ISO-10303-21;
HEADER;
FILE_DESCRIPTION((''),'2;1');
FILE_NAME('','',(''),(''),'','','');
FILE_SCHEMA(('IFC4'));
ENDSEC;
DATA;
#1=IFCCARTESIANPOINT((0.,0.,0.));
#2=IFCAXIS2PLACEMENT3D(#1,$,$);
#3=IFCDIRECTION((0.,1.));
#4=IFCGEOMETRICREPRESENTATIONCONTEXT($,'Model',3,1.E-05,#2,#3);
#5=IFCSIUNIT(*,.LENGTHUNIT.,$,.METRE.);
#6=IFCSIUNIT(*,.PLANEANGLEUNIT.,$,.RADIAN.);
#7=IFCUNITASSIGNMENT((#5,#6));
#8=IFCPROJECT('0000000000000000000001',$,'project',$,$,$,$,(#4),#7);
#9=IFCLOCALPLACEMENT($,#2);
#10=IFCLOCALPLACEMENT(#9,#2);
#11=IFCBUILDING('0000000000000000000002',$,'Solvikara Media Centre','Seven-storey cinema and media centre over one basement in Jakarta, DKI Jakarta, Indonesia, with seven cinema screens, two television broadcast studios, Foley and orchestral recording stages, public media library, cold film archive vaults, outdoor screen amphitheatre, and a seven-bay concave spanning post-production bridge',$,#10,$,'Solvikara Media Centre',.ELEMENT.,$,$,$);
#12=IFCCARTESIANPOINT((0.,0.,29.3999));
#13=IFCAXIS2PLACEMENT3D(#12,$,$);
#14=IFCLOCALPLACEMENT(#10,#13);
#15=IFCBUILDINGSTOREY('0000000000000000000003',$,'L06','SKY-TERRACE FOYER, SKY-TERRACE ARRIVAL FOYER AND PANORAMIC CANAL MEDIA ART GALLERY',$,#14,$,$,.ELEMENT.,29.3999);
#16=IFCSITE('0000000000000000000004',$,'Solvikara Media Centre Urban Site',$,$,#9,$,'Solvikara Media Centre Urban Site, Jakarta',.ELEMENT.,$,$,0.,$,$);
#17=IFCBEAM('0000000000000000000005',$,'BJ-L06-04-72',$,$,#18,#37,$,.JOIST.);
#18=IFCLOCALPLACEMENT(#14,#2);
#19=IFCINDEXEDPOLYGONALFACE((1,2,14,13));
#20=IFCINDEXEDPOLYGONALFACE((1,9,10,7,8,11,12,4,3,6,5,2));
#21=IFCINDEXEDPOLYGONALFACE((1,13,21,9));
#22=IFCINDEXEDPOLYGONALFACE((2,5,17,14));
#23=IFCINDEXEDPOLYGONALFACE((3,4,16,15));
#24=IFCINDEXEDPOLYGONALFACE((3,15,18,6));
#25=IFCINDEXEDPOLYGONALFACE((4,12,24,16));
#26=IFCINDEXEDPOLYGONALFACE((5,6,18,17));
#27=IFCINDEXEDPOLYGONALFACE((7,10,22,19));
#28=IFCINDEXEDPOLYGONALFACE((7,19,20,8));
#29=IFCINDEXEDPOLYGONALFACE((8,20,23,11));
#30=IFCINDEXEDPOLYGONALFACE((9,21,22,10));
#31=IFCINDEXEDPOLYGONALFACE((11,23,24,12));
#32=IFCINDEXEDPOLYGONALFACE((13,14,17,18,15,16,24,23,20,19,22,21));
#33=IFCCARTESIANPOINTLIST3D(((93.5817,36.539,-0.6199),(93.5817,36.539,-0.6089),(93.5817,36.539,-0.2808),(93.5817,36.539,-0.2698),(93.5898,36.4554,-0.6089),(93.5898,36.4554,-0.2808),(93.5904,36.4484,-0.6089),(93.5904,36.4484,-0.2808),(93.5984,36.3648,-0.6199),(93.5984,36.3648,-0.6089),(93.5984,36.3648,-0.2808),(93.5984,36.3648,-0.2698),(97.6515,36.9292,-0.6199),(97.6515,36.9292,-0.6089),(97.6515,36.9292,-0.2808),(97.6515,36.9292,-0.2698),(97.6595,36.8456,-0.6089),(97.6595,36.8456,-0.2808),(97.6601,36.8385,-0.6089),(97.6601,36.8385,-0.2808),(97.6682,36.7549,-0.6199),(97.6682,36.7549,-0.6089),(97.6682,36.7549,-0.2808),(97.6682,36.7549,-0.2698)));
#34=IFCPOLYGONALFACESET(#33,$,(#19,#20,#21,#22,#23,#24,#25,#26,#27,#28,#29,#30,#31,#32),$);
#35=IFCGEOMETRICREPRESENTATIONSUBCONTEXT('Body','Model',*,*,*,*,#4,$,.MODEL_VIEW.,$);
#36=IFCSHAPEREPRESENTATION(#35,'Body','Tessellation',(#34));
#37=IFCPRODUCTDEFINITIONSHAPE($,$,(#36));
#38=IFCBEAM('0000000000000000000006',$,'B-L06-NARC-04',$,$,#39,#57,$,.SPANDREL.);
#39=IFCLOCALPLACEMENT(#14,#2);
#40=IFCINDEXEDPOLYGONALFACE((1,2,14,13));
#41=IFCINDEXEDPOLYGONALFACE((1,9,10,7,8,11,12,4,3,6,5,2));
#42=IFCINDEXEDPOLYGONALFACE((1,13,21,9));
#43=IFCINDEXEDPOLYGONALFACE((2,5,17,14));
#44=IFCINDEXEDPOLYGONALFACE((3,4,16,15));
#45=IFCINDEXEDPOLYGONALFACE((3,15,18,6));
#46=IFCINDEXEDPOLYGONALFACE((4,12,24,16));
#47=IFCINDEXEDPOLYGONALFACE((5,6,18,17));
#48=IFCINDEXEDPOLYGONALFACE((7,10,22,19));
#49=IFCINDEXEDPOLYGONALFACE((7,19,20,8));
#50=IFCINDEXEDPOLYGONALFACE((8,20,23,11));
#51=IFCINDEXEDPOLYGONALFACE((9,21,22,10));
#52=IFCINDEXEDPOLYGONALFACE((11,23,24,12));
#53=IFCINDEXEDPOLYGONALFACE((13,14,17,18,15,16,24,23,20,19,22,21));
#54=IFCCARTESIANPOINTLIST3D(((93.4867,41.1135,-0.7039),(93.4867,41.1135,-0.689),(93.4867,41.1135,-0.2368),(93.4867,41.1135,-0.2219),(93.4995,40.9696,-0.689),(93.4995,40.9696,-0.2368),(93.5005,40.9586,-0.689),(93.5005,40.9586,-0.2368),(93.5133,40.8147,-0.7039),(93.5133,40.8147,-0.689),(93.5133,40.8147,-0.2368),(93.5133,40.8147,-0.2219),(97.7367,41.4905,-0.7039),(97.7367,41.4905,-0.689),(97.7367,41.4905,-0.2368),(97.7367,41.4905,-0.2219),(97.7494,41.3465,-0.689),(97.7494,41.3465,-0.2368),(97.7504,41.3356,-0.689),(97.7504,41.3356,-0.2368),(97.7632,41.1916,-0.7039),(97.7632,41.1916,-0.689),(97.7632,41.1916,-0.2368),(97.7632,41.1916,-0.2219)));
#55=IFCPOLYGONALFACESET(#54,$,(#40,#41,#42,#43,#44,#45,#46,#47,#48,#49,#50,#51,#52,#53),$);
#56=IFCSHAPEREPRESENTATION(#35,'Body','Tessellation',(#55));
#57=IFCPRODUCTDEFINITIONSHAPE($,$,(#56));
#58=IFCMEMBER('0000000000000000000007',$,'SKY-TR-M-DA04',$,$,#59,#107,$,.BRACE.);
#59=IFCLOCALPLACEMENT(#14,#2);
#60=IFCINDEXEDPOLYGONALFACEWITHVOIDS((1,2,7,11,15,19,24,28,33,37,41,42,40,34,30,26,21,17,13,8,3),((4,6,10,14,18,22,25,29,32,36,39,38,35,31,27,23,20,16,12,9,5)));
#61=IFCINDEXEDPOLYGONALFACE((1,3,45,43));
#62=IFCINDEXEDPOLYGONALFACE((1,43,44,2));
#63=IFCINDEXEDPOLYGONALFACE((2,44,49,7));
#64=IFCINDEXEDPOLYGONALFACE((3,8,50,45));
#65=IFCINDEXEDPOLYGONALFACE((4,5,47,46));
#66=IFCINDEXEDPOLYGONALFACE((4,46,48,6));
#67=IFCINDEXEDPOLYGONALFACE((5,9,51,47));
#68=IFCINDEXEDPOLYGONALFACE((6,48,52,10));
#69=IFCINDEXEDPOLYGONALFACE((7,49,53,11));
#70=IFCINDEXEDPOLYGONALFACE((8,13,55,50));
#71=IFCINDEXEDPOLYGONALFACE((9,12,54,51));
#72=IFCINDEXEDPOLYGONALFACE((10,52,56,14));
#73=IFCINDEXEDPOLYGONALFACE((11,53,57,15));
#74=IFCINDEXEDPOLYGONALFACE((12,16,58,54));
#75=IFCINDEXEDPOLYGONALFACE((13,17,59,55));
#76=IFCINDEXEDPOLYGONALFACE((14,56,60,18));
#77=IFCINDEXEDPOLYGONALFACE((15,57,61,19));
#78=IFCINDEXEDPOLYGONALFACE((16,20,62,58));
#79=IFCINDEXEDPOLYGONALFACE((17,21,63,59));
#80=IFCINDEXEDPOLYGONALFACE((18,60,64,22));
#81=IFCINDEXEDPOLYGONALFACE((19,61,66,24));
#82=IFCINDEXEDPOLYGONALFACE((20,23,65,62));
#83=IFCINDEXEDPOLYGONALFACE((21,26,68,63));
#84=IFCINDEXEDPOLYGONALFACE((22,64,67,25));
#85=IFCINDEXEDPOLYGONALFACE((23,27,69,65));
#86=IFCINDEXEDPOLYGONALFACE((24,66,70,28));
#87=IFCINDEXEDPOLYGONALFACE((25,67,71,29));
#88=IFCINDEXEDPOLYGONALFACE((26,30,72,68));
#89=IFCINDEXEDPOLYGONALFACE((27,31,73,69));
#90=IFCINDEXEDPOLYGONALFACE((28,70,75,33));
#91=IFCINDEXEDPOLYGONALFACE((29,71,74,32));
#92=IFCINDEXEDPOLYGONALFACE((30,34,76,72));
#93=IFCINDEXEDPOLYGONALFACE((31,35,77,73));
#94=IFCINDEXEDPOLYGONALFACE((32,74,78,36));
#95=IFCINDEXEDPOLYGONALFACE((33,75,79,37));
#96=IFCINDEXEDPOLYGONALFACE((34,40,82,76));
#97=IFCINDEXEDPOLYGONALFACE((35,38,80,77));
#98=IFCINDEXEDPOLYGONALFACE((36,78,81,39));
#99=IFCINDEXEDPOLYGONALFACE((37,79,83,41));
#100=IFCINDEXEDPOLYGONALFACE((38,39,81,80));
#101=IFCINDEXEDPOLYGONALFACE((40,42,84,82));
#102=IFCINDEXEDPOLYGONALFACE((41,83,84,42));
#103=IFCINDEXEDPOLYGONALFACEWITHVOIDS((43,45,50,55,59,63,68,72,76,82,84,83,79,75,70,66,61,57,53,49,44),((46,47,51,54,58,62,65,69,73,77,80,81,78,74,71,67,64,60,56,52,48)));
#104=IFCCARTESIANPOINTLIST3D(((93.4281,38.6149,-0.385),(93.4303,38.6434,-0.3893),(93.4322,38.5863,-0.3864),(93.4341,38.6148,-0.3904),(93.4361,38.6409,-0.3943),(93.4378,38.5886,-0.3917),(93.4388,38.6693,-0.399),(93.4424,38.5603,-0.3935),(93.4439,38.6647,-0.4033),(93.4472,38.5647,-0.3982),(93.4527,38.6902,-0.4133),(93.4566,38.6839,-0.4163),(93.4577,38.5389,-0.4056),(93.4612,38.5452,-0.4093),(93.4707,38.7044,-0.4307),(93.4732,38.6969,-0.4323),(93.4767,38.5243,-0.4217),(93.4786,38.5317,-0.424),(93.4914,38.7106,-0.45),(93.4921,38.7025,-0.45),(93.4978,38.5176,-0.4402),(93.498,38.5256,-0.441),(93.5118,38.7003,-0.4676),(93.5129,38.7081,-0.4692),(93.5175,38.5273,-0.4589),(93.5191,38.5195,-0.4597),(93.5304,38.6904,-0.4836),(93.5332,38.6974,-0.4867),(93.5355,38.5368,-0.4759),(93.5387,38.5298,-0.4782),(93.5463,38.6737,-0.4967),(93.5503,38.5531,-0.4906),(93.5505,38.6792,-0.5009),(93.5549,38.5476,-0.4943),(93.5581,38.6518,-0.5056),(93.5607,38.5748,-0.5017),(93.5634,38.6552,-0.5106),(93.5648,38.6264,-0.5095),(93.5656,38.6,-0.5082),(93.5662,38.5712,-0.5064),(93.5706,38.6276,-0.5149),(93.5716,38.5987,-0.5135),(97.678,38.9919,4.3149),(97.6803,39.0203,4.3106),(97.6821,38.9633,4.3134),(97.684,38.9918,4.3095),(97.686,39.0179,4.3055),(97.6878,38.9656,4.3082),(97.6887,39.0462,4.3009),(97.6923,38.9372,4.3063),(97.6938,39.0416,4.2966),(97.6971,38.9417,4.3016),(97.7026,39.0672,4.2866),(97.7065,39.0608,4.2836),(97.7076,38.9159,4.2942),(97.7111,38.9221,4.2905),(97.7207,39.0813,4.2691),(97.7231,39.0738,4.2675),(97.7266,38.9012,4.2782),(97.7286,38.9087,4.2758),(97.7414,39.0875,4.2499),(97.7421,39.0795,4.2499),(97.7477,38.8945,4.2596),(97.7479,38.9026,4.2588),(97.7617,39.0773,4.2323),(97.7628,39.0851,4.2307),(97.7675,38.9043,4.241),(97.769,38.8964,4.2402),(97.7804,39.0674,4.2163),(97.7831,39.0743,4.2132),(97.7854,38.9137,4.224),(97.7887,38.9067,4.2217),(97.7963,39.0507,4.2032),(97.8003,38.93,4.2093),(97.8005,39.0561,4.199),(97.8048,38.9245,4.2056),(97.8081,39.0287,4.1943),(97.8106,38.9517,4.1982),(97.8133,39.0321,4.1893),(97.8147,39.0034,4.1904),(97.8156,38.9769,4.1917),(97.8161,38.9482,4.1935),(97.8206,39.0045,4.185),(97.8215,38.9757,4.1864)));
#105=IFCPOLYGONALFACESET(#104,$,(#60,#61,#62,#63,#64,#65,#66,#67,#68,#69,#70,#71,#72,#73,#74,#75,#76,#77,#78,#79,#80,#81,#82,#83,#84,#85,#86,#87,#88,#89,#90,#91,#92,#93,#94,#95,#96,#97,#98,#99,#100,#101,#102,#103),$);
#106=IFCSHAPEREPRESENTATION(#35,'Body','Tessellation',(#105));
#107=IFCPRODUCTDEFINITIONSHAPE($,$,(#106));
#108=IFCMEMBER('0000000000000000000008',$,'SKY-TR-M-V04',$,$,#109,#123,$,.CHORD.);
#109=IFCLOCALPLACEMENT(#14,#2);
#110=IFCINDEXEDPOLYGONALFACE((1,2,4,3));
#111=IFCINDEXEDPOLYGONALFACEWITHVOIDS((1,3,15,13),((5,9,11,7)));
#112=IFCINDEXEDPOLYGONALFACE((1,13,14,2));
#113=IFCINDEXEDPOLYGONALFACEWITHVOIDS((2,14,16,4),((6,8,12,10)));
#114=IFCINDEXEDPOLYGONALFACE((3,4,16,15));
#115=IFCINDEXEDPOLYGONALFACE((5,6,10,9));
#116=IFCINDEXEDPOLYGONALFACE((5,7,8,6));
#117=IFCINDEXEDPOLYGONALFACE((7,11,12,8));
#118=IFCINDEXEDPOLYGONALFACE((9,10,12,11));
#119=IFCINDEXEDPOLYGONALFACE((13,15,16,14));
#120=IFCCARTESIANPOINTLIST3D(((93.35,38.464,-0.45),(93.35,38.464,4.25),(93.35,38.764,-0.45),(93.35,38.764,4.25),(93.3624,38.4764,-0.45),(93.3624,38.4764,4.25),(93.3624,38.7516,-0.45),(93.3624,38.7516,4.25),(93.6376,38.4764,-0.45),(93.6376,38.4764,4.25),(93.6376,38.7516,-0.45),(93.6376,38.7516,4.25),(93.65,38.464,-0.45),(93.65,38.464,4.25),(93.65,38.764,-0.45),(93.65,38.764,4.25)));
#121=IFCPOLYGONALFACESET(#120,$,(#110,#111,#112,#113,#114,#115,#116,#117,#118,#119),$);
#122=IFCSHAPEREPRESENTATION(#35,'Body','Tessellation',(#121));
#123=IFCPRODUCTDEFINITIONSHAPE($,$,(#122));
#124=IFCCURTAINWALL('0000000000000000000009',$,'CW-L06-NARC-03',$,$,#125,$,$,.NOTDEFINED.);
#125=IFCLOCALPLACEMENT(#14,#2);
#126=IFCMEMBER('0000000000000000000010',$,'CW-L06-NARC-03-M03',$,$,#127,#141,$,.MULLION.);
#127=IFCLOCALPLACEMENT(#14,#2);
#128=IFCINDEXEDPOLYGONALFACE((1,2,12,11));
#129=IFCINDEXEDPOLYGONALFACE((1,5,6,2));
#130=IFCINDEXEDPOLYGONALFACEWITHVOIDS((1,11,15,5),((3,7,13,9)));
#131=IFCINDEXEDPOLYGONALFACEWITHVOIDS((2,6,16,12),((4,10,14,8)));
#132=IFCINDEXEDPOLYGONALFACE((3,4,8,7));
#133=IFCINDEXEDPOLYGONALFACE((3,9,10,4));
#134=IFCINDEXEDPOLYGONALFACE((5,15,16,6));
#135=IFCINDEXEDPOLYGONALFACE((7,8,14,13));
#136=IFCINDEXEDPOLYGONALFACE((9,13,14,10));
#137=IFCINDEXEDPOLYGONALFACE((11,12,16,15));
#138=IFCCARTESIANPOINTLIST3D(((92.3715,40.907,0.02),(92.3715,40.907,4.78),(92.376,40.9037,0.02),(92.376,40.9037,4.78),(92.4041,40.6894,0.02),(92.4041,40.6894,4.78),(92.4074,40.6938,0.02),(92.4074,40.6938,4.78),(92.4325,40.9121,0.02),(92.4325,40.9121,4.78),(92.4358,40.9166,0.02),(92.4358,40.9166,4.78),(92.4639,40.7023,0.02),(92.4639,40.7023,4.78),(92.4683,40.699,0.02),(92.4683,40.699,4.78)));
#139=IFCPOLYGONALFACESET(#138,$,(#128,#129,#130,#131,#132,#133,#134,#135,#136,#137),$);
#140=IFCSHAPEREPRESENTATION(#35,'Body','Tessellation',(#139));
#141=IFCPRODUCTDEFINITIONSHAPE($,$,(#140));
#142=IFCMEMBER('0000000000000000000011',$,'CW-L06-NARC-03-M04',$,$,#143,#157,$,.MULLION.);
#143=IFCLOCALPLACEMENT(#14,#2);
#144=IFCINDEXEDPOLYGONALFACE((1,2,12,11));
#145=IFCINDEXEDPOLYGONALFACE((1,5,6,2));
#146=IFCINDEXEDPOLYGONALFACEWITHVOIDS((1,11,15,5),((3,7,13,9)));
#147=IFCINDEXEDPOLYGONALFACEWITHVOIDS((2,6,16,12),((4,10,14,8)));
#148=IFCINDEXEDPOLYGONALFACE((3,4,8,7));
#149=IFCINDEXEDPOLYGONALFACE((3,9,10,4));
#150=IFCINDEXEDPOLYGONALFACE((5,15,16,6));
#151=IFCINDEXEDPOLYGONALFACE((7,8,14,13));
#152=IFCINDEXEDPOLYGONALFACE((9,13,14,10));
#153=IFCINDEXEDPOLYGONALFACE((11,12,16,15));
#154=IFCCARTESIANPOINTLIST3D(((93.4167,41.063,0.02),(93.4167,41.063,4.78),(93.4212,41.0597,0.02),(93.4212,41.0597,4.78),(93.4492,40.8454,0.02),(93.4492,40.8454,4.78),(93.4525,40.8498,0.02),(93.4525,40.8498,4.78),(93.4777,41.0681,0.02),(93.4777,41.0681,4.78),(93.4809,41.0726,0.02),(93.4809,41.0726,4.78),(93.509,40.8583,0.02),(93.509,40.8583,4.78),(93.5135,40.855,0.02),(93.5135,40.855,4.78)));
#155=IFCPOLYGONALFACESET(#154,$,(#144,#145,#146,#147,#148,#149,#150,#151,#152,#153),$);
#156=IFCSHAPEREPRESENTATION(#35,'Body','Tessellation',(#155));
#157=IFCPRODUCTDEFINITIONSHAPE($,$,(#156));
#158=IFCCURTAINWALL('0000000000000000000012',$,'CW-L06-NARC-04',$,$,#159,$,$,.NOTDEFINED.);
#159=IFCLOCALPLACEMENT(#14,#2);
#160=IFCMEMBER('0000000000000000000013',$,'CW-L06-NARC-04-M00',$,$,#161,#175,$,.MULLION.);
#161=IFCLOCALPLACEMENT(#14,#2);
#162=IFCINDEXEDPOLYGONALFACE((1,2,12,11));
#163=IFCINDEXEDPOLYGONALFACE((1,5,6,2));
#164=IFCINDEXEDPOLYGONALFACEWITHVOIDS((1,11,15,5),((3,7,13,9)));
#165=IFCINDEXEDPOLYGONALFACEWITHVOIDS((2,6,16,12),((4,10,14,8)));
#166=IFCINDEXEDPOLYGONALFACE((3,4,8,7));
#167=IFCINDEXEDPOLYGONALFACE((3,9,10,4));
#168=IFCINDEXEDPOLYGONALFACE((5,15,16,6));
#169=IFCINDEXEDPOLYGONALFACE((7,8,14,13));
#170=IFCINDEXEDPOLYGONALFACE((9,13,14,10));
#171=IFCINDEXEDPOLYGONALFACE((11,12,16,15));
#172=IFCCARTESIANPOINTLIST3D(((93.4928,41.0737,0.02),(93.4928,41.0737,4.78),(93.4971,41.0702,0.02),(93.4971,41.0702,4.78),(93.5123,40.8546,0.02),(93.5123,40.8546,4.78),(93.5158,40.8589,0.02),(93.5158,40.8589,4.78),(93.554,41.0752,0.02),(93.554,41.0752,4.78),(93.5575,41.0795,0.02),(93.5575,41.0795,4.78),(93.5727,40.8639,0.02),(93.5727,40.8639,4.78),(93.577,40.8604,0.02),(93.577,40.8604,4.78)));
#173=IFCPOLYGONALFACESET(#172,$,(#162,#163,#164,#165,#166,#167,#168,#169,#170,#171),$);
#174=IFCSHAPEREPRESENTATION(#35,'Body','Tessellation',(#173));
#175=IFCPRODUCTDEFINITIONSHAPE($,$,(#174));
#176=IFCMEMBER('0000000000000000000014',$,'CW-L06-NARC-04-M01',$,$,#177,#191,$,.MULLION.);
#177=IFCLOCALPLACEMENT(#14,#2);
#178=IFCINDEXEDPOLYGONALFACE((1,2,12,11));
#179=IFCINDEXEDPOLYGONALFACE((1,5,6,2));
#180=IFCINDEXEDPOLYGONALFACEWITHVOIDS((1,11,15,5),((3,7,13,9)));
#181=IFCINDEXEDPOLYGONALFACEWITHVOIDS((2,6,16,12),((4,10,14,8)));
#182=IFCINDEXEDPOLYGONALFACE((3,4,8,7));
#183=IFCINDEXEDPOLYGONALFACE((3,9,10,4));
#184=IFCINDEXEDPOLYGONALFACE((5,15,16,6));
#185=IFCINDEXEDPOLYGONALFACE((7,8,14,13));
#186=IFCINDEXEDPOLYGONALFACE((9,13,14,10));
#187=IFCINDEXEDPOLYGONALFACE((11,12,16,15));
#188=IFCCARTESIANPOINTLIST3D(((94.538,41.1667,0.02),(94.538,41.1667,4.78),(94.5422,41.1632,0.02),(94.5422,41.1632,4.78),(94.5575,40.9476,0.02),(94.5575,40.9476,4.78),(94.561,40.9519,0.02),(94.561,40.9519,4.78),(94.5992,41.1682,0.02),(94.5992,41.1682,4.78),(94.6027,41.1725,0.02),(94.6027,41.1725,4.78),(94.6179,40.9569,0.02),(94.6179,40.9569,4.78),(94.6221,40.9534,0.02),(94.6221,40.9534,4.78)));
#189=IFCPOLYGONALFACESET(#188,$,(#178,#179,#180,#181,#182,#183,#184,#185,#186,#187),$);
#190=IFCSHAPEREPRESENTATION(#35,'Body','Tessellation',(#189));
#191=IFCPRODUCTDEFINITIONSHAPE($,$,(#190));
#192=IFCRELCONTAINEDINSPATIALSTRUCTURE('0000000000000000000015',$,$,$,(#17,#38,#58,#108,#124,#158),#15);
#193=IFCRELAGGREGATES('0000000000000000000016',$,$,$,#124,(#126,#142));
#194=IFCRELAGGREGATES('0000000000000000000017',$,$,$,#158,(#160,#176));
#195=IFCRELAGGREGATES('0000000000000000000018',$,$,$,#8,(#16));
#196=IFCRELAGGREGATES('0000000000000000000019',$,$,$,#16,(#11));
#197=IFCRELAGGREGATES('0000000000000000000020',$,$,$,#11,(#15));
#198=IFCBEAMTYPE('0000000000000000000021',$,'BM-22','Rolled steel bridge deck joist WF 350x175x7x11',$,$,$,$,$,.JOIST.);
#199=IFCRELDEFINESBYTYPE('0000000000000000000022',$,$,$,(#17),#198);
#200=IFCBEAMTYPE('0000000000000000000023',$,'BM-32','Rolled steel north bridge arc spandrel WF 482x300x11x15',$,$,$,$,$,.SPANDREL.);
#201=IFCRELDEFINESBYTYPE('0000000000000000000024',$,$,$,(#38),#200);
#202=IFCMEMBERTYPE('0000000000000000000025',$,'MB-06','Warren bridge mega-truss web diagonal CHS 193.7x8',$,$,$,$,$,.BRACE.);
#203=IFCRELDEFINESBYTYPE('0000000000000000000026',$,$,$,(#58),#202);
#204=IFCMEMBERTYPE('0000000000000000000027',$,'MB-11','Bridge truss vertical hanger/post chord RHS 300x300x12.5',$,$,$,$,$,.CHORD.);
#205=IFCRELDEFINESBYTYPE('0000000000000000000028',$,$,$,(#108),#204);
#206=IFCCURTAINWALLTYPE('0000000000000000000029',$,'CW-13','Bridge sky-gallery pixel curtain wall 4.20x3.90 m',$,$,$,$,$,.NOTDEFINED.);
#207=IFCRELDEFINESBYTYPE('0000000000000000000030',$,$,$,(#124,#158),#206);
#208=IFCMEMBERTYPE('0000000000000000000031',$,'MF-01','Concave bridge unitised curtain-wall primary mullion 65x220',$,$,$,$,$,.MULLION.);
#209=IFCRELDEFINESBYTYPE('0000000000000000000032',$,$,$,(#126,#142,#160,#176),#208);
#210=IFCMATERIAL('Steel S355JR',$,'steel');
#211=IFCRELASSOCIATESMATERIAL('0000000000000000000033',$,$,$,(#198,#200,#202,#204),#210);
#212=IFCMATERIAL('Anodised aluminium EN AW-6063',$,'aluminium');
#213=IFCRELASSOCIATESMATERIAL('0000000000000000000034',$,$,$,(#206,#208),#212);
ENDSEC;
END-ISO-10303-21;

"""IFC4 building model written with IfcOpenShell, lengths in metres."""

from ifc_helpers import new_model, si_unit, direction, frame, origin, origin_2d, place, context, subcontext, project, spatial, hollow_rectangle, hollow_circle, i_section, extrude, material, material_profile, profile_set, type_object, element, aggregate, save


model = new_model("IFC4")

# Units and contexts
model_context = context("Model", 3, precision=1e-05, world=origin(), true_north=direction((0.0, 1.0)))
body_context = subcontext(model_context, "Body", "Model", "MODEL_VIEW")
ifc_project = project(units=[si_unit("LENGTHUNIT", "METRE"), si_unit("PLANEANGLEUNIT", "RADIAN")], contexts=[model_context])

# Site, building, storey
site_placement = place(None, origin())
site = spatial("IfcSite", under=ifc_project, at=site_placement, Name="Solvikara Media Centre Urban Site", LongName="Solvikara Media Centre Urban Site, Jakarta", CompositionType="ELEMENT", RefElevation=0.0)
building_placement = place(site_placement, origin())
building = spatial("IfcBuilding", under=site, at=building_placement, Name="Solvikara Media Centre", Description="Seven-storey cinema and media centre over one basement in Jakarta, DKI Jakarta, Indonesia, with seven cinema screens, two television broadcast studios, Foley and orchestral recording stages, public media library, cold film archive vaults, outdoor screen amphitheatre, and a seven-bay concave spanning post-production bridge", LongName="Solvikara Media Centre", CompositionType="ELEMENT")
storey_placement = place(building_placement, frame((0.0, 0.0, 29.3999)))
storey = spatial("IfcBuildingStorey", under=building, at=storey_placement, Name="L06", Description="SKY-TERRACE FOYER, SKY-TERRACE ARRIVAL FOYER AND PANORAMIC CANAL MEDIA ART GALLERY", CompositionType="ELEMENT", Elevation=29.3999)

# Beams
ifc_material_1 = material(Name="Steel S355JR", Category="steel")
ifc_material_profile_1 = material_profile(ifc_material_1, i_section(OverallWidth=0.175, OverallDepth=0.3501, WebThickness=0.0071, FlangeThickness=0.011, at=origin_2d()), Name="WF 350x175x7x11")
ifc_profile_set_1 = profile_set([ifc_material_profile_1], Name="Steel S355JR")
beam_type_1 = type_object("IfcBeamType", Name="BM-22", Description="Rolled steel bridge deck joist WF 350x175x7x11", PredefinedType="JOIST", material=ifc_profile_set_1)
beam_1_placement = place(storey_placement, frame((93.5901, 36.4519, -0.4448), z_axis=(0.995437, 0.095423, 0.0), x_axis=(-0.095423, 0.995437, 0.0)))
element("IfcBeam", 1, at=beam_1_placement, inside=storey, type_object=beam_type_1, Name="BJ-L06-04-72", PredefinedType="JOIST", context=body_context, shape_type="SweptSolid", body=[
    extrude(i_section(OverallWidth=0.175, OverallDepth=0.3501, WebThickness=0.0071, FlangeThickness=0.011, at=origin_2d()), origin(), (0.0, 0.0, 1.0), 4.0884),
])
ifc_material_profile_2 = material_profile(ifc_material_1, i_section(OverallWidth=0.3, OverallDepth=0.4819, WebThickness=0.011, FlangeThickness=0.0149, at=origin_2d()), Name="WF 482x300x11x15")
ifc_profile_set_2 = profile_set([ifc_material_profile_2], Name="Steel S355JR")
beam_type_2 = type_object("IfcBeamType", Name="BM-32", Description="Rolled steel north bridge arc spandrel WF 482x300x11x15", PredefinedType="SPANDREL", material=ifc_profile_set_2)
beam_2_placement = place(storey_placement, frame((93.5, 40.9641, -0.4629), z_axis=(0.99609, 0.088348, 0.0), x_axis=(-0.088348, 0.99609, 0.0)))
element("IfcBeam", 2, at=beam_2_placement, inside=storey, type_object=beam_type_2, Name="B-L06-NARC-04", PredefinedType="SPANDREL", context=body_context, shape_type="SweptSolid", body=[
    extrude(i_section(OverallWidth=0.3, OverallDepth=0.4819, WebThickness=0.011, FlangeThickness=0.0149, at=origin_2d()), origin(), (0.0, 0.0, 1.0), 4.2666),
])

# Members
ifc_material_profile_3 = material_profile(ifc_material_1, hollow_circle(Radius=0.0969, WallThickness=0.0081, at=origin_2d()), Name="CHS 193.7x8")
ifc_profile_set_3 = profile_set([ifc_material_profile_3], Name="Steel S355JR")
member_type_1 = type_object("IfcMemberType", Name="MB-06", Description="Warren bridge mega-truss web diagonal CHS 193.7x8", PredefinedType="BRACE", material=ifc_profile_set_3)
member_1_placement = place(storey_placement, frame((93.5, 38.614, -0.45), z_axis=(0.669527, 0.059384, 0.74041), x_axis=(-0.088348, 0.99609, 0.0)))
element("IfcMember", 3, at=member_1_placement, inside=storey, type_object=member_type_1, Name="SKY-TR-M-DA04", PredefinedType="BRACE", context=body_context, shape_type="SweptSolid", body=[
    extrude(hollow_circle(Radius=0.0969, WallThickness=0.0081, at=origin_2d()), origin(), (0.0, 0.0, 1.0), 6.3477),
])
ifc_material_profile_4 = material_profile(ifc_material_1, hollow_rectangle(XDim=0.3, YDim=0.3, WallThickness=0.0125, at=origin_2d()), Name="RHS 300x300x12.5")
ifc_profile_set_4 = profile_set([ifc_material_profile_4], Name="Steel S355JR")
member_type_2 = type_object("IfcMemberType", Name="MB-11", Description="Bridge truss vertical hanger/post chord RHS 300x300x12.5", PredefinedType="CHORD", material=ifc_profile_set_4)
member_2_placement = place(storey_placement, frame((93.5, 38.614, -0.45), z_axis=(0.0, 0.0, 1.0), x_axis=(1.0, 0.0, 0.0)))
element("IfcMember", 4, at=member_2_placement, inside=storey, type_object=member_type_2, Name="SKY-TR-M-V04", PredefinedType="CHORD", context=body_context, shape_type="SweptSolid", body=[
    extrude(hollow_rectangle(XDim=0.3, YDim=0.3, WallThickness=0.0125, at=origin_2d()), origin(), (0.0, 0.0, 1.0), 4.7),
])

# Curtain walls, members
ifc_material_2 = material(Name="Anodised aluminium EN AW-6063", Category="aluminium")
curtain_wall_type = type_object("IfcCurtainWallType", Name="CW-13", Description="Bridge sky-gallery pixel curtain wall 4.20x3.90 m", PredefinedType="NOTDEFINED", material=ifc_material_2)
curtain_wall_1_placement = place(storey_placement, origin())
curtain_wall_1 = element("IfcCurtainWall", 5, at=curtain_wall_1_placement, inside=storey, type_object=curtain_wall_type, Name="CW-L06-NARC-03", PredefinedType="NOTDEFINED")
ifc_material_profile_5 = material_profile(ifc_material_2, hollow_rectangle(XDim=0.0649, YDim=0.22, WallThickness=0.0039, at=origin_2d()), Name="ALU-M 65x220x4")
ifc_profile_set_5 = profile_set([ifc_material_profile_5], Name="Anodised aluminium EN AW-6063")
member_type_3 = type_object("IfcMemberType", Name="MF-01", Description="Concave bridge unitised curtain-wall primary mullion 65x220", PredefinedType="MULLION", material=ifc_profile_set_5)
member_3_placement = place(storey_placement, frame((92.4199, 40.803, 0.02), z_axis=(0.0, 0.0, 1.0), x_axis=(0.989006, 0.147878, 0.0)))
member_3 = element("IfcMember", 6, at=member_3_placement, type_object=member_type_3, Name="CW-L06-NARC-03-M03", PredefinedType="MULLION", context=body_context, shape_type="SweptSolid", body=[
    extrude(hollow_rectangle(XDim=0.0649, YDim=0.22, WallThickness=0.0039, at=origin_2d()), origin(), (0.0, 0.0, 1.0), 4.76),
])
member_4_placement = place(storey_placement, frame((93.4651, 40.959, 0.02), z_axis=(0.0, 0.0, 1.0), x_axis=(0.989006, 0.147878, 0.0)))
member_4 = element("IfcMember", 7, at=member_4_placement, type_object=member_type_3, Name="CW-L06-NARC-03-M04", PredefinedType="MULLION", context=body_context, shape_type="SweptSolid", body=[
    extrude(hollow_rectangle(XDim=0.0649, YDim=0.22, WallThickness=0.0039, at=origin_2d()), origin(), (0.0, 0.0, 1.0), 4.76),
])
curtain_wall_2_placement = place(storey_placement, origin())
curtain_wall_2 = element("IfcCurtainWall", 8, at=curtain_wall_2_placement, inside=storey, type_object=curtain_wall_type, Name="CW-L06-NARC-04", PredefinedType="NOTDEFINED")
member_5_placement = place(storey_placement, frame((93.5349, 40.967, 0.02), z_axis=(0.0, 0.0, 1.0), x_axis=(0.996084, 0.088408, 0.0)))
member_5 = element("IfcMember", 9, at=member_5_placement, type_object=member_type_3, Name="CW-L06-NARC-04-M00", PredefinedType="MULLION", context=body_context, shape_type="SweptSolid", body=[
    extrude(hollow_rectangle(XDim=0.0649, YDim=0.22, WallThickness=0.0039, at=origin_2d()), origin(), (0.0, 0.0, 1.0), 4.76),
])
member_6_placement = place(storey_placement, frame((94.5801, 41.0601, 0.02), z_axis=(0.0, 0.0, 1.0), x_axis=(0.996084, 0.088408, 0.0)))
member_6 = element("IfcMember", 10, at=member_6_placement, type_object=member_type_3, Name="CW-L06-NARC-04-M01", PredefinedType="MULLION", context=body_context, shape_type="SweptSolid", body=[
    extrude(hollow_rectangle(XDim=0.0649, YDim=0.22, WallThickness=0.0039, at=origin_2d()), origin(), (0.0, 0.0, 1.0), 4.76),
])

aggregate(curtain_wall_1, [member_3, member_4])
aggregate(curtain_wall_2, [member_5, member_6])

save(model, "model.ifc")
